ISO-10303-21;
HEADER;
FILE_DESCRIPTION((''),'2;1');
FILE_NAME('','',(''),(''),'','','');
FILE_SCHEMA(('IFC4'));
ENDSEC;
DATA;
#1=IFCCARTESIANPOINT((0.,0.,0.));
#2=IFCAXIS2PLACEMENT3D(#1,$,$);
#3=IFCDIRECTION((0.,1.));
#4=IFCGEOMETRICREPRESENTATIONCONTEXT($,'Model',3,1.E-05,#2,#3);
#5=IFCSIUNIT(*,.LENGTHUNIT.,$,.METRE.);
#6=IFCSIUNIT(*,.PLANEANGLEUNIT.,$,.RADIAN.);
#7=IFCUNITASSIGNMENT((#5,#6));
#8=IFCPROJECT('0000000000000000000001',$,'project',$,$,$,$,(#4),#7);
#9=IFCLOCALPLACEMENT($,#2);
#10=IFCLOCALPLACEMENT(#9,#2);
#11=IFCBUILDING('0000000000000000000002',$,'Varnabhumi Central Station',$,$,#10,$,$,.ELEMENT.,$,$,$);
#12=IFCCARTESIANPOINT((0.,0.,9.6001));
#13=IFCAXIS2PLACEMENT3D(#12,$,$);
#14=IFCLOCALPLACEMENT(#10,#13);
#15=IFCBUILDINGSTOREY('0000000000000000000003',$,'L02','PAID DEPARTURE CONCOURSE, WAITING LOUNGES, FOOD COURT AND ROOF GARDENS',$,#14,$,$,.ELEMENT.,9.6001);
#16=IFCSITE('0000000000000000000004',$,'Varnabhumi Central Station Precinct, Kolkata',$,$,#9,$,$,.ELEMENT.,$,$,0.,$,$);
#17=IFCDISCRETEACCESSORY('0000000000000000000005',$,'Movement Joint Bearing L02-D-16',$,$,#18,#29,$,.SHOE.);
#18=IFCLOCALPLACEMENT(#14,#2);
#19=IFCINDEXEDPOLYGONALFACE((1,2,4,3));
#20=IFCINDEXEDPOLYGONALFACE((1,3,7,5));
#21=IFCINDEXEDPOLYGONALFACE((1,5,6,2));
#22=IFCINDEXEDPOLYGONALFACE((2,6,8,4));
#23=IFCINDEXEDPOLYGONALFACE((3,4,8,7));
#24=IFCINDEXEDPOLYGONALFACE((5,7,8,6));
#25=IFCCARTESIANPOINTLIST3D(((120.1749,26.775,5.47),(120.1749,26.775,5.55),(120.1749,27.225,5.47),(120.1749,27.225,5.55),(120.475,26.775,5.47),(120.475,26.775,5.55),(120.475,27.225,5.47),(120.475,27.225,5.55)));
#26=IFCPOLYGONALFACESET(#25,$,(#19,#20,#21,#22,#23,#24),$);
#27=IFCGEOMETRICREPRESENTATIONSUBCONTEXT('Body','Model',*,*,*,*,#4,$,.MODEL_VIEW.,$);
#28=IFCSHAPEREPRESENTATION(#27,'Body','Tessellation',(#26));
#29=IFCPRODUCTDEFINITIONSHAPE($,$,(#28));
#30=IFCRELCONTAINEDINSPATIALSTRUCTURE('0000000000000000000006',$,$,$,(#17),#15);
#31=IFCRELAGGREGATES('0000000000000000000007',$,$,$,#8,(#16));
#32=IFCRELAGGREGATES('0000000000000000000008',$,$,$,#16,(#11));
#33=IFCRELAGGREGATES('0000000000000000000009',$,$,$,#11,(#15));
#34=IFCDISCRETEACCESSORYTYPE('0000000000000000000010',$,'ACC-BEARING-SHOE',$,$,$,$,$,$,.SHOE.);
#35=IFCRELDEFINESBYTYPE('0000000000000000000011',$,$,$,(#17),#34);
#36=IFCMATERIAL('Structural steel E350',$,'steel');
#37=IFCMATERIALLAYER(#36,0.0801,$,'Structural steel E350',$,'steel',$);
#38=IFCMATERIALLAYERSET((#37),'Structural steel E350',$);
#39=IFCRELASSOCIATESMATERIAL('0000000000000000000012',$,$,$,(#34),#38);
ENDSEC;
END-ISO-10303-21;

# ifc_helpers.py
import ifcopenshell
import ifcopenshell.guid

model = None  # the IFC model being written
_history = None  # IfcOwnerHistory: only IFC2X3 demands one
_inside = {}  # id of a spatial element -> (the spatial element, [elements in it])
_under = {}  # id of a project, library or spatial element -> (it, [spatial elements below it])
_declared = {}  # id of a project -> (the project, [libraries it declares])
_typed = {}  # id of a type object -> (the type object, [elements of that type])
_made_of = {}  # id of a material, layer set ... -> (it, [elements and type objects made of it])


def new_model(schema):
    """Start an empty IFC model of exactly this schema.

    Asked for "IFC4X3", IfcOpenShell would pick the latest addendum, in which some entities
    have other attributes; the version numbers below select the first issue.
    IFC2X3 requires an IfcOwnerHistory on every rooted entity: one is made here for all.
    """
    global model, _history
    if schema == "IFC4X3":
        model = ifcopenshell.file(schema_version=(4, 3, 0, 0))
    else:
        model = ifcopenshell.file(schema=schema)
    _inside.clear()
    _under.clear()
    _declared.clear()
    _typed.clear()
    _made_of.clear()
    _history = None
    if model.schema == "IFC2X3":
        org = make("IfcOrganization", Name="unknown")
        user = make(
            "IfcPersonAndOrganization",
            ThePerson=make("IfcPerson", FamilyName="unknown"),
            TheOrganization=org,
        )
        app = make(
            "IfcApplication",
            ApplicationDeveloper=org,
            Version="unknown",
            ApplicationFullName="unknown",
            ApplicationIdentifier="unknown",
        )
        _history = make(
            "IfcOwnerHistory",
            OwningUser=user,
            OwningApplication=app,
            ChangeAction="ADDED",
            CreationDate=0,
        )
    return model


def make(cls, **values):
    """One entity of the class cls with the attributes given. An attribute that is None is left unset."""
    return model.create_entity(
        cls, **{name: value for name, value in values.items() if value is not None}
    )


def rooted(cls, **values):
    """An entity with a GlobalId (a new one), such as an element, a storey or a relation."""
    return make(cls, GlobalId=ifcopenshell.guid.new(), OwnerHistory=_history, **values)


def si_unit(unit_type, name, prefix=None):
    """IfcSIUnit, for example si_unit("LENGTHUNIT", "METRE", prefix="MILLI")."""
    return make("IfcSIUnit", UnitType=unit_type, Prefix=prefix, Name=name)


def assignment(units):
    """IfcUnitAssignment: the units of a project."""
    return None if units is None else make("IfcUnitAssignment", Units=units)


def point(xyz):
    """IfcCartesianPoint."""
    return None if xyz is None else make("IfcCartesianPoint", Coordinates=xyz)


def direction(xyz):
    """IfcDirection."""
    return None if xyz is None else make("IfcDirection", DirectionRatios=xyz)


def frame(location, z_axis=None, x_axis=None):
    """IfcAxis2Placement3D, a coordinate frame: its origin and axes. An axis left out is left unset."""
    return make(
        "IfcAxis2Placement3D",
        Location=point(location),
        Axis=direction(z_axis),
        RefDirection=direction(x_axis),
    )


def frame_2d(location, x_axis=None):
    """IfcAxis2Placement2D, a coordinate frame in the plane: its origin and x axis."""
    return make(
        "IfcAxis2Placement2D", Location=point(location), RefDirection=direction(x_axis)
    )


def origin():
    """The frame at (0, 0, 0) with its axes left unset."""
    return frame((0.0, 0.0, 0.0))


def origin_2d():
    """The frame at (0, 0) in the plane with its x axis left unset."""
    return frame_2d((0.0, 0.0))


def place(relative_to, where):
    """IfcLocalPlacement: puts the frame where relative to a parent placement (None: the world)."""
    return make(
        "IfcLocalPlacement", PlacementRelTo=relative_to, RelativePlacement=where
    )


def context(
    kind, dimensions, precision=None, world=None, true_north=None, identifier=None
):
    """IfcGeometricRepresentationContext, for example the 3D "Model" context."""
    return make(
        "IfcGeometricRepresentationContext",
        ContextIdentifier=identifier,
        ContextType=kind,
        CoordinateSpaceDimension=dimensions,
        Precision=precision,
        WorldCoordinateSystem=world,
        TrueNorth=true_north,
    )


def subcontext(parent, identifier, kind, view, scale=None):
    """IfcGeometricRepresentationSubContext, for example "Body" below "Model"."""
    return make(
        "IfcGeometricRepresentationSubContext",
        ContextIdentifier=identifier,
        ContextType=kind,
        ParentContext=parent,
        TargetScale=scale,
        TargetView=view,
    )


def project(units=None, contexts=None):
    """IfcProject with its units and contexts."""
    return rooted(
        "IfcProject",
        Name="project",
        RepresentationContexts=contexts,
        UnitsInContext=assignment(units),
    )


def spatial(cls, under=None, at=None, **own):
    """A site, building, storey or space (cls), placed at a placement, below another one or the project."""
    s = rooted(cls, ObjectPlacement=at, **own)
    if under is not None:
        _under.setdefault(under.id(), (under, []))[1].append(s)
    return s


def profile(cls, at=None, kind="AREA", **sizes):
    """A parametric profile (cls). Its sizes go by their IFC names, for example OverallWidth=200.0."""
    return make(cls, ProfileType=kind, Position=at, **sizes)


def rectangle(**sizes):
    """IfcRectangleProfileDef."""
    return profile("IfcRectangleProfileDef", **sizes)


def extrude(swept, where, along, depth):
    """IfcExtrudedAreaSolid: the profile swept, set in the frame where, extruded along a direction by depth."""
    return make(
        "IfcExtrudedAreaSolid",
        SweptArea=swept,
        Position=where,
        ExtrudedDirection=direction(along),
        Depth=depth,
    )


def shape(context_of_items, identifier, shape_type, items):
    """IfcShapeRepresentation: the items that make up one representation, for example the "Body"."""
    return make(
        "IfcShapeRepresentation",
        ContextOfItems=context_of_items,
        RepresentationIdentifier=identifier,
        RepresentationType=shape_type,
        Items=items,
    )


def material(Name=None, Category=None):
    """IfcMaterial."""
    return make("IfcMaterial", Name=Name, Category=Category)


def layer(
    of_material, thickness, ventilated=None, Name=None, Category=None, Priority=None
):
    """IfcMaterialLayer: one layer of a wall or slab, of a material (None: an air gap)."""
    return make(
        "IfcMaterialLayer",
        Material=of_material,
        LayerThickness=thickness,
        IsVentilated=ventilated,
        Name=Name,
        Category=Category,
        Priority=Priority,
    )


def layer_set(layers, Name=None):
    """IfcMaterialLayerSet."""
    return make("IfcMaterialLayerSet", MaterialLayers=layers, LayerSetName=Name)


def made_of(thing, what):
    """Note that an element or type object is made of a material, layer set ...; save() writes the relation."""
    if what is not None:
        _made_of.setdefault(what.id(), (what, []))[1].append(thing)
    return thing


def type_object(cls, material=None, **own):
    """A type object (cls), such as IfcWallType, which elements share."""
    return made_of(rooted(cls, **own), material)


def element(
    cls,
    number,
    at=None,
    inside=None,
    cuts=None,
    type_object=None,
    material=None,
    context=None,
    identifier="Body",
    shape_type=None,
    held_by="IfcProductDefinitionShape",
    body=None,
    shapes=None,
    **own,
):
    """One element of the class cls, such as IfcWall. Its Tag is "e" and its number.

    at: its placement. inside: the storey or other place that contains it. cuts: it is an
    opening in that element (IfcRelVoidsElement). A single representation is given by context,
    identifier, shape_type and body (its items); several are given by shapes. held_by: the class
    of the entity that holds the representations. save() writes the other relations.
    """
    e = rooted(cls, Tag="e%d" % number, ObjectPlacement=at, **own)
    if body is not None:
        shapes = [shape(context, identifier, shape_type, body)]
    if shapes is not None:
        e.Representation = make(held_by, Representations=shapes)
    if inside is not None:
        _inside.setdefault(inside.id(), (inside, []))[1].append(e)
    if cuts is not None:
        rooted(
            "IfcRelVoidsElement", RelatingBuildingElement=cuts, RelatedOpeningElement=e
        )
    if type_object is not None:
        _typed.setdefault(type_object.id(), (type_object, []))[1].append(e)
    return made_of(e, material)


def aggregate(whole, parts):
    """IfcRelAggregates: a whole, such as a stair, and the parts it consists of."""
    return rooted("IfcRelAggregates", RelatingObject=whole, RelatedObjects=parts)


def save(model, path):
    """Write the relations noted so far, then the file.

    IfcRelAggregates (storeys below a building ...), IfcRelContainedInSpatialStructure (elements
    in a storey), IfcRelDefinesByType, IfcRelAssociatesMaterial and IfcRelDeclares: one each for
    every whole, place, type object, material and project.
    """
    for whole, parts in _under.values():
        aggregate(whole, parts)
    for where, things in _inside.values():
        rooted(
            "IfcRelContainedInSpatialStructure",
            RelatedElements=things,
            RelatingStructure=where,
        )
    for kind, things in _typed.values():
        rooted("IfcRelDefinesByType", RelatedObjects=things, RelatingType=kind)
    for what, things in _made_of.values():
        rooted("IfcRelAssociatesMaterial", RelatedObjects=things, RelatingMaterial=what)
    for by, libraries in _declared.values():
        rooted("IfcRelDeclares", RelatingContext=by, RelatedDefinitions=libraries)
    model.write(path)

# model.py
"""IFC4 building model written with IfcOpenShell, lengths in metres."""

from ifc_helpers import new_model, si_unit, direction, frame, origin, origin_2d, place, context, subcontext, project, spatial, rectangle, extrude, material, layer, layer_set, type_object, element, save


model = new_model("IFC4")

# Units and contexts
model_context = context("Model", 3, precision=1e-05, world=origin(), true_north=direction((0.0, 1.0)))
body_context = subcontext(model_context, "Body", "Model", "MODEL_VIEW")
ifc_project = project(units=[si_unit("LENGTHUNIT", "METRE"), si_unit("PLANEANGLEUNIT", "RADIAN")], contexts=[model_context])

# Site, building, storey
site_placement = place(None, origin())
site = spatial("IfcSite", under=ifc_project, at=site_placement, Name="Varnabhumi Central Station Precinct, Kolkata", CompositionType="ELEMENT", RefElevation=0.0)
building_placement = place(site_placement, origin())
building = spatial("IfcBuilding", under=site, at=building_placement, Name="Varnabhumi Central Station", CompositionType="ELEMENT")
storey_placement = place(building_placement, frame((0.0, 0.0, 9.6001)))
storey = spatial("IfcBuildingStorey", under=building, at=storey_placement, Name="L02", Description="PAID DEPARTURE CONCOURSE, WAITING LOUNGES, FOOD COURT AND ROOF GARDENS", CompositionType="ELEMENT", Elevation=9.6001)

# Shared definitions
ifc_material_1 = material(Name="Structural steel E350", Category="steel")

# Discrete accessory
ifc_layer_1 = layer(ifc_material_1, 0.0801, Name="Structural steel E350", Category="steel")
ifc_layer_set_1 = layer_set([ifc_layer_1], Name="Structural steel E350")
discrete_accessory_type = type_object("IfcDiscreteAccessoryType", Name="ACC-BEARING-SHOE", PredefinedType="SHOE", material=ifc_layer_set_1)
discrete_accessory_placement = place(storey_placement, frame((120.325, 27.0, 5.47), z_axis=(0.0, 0.0, 1.0), x_axis=(1.0, 0.0, 0.0)))
element("IfcDiscreteAccessory", 1, at=discrete_accessory_placement, inside=storey, type_object=discrete_accessory_type, Name="Movement Joint Bearing L02-D-16", PredefinedType="SHOE", context=body_context, shape_type="SweptSolid", body=[
    extrude(rectangle(XDim=0.3, YDim=0.45, at=origin_2d()), origin(), (0.0, 0.0, 1.0), 0.0801),
])

save(model, "model.ifc")
